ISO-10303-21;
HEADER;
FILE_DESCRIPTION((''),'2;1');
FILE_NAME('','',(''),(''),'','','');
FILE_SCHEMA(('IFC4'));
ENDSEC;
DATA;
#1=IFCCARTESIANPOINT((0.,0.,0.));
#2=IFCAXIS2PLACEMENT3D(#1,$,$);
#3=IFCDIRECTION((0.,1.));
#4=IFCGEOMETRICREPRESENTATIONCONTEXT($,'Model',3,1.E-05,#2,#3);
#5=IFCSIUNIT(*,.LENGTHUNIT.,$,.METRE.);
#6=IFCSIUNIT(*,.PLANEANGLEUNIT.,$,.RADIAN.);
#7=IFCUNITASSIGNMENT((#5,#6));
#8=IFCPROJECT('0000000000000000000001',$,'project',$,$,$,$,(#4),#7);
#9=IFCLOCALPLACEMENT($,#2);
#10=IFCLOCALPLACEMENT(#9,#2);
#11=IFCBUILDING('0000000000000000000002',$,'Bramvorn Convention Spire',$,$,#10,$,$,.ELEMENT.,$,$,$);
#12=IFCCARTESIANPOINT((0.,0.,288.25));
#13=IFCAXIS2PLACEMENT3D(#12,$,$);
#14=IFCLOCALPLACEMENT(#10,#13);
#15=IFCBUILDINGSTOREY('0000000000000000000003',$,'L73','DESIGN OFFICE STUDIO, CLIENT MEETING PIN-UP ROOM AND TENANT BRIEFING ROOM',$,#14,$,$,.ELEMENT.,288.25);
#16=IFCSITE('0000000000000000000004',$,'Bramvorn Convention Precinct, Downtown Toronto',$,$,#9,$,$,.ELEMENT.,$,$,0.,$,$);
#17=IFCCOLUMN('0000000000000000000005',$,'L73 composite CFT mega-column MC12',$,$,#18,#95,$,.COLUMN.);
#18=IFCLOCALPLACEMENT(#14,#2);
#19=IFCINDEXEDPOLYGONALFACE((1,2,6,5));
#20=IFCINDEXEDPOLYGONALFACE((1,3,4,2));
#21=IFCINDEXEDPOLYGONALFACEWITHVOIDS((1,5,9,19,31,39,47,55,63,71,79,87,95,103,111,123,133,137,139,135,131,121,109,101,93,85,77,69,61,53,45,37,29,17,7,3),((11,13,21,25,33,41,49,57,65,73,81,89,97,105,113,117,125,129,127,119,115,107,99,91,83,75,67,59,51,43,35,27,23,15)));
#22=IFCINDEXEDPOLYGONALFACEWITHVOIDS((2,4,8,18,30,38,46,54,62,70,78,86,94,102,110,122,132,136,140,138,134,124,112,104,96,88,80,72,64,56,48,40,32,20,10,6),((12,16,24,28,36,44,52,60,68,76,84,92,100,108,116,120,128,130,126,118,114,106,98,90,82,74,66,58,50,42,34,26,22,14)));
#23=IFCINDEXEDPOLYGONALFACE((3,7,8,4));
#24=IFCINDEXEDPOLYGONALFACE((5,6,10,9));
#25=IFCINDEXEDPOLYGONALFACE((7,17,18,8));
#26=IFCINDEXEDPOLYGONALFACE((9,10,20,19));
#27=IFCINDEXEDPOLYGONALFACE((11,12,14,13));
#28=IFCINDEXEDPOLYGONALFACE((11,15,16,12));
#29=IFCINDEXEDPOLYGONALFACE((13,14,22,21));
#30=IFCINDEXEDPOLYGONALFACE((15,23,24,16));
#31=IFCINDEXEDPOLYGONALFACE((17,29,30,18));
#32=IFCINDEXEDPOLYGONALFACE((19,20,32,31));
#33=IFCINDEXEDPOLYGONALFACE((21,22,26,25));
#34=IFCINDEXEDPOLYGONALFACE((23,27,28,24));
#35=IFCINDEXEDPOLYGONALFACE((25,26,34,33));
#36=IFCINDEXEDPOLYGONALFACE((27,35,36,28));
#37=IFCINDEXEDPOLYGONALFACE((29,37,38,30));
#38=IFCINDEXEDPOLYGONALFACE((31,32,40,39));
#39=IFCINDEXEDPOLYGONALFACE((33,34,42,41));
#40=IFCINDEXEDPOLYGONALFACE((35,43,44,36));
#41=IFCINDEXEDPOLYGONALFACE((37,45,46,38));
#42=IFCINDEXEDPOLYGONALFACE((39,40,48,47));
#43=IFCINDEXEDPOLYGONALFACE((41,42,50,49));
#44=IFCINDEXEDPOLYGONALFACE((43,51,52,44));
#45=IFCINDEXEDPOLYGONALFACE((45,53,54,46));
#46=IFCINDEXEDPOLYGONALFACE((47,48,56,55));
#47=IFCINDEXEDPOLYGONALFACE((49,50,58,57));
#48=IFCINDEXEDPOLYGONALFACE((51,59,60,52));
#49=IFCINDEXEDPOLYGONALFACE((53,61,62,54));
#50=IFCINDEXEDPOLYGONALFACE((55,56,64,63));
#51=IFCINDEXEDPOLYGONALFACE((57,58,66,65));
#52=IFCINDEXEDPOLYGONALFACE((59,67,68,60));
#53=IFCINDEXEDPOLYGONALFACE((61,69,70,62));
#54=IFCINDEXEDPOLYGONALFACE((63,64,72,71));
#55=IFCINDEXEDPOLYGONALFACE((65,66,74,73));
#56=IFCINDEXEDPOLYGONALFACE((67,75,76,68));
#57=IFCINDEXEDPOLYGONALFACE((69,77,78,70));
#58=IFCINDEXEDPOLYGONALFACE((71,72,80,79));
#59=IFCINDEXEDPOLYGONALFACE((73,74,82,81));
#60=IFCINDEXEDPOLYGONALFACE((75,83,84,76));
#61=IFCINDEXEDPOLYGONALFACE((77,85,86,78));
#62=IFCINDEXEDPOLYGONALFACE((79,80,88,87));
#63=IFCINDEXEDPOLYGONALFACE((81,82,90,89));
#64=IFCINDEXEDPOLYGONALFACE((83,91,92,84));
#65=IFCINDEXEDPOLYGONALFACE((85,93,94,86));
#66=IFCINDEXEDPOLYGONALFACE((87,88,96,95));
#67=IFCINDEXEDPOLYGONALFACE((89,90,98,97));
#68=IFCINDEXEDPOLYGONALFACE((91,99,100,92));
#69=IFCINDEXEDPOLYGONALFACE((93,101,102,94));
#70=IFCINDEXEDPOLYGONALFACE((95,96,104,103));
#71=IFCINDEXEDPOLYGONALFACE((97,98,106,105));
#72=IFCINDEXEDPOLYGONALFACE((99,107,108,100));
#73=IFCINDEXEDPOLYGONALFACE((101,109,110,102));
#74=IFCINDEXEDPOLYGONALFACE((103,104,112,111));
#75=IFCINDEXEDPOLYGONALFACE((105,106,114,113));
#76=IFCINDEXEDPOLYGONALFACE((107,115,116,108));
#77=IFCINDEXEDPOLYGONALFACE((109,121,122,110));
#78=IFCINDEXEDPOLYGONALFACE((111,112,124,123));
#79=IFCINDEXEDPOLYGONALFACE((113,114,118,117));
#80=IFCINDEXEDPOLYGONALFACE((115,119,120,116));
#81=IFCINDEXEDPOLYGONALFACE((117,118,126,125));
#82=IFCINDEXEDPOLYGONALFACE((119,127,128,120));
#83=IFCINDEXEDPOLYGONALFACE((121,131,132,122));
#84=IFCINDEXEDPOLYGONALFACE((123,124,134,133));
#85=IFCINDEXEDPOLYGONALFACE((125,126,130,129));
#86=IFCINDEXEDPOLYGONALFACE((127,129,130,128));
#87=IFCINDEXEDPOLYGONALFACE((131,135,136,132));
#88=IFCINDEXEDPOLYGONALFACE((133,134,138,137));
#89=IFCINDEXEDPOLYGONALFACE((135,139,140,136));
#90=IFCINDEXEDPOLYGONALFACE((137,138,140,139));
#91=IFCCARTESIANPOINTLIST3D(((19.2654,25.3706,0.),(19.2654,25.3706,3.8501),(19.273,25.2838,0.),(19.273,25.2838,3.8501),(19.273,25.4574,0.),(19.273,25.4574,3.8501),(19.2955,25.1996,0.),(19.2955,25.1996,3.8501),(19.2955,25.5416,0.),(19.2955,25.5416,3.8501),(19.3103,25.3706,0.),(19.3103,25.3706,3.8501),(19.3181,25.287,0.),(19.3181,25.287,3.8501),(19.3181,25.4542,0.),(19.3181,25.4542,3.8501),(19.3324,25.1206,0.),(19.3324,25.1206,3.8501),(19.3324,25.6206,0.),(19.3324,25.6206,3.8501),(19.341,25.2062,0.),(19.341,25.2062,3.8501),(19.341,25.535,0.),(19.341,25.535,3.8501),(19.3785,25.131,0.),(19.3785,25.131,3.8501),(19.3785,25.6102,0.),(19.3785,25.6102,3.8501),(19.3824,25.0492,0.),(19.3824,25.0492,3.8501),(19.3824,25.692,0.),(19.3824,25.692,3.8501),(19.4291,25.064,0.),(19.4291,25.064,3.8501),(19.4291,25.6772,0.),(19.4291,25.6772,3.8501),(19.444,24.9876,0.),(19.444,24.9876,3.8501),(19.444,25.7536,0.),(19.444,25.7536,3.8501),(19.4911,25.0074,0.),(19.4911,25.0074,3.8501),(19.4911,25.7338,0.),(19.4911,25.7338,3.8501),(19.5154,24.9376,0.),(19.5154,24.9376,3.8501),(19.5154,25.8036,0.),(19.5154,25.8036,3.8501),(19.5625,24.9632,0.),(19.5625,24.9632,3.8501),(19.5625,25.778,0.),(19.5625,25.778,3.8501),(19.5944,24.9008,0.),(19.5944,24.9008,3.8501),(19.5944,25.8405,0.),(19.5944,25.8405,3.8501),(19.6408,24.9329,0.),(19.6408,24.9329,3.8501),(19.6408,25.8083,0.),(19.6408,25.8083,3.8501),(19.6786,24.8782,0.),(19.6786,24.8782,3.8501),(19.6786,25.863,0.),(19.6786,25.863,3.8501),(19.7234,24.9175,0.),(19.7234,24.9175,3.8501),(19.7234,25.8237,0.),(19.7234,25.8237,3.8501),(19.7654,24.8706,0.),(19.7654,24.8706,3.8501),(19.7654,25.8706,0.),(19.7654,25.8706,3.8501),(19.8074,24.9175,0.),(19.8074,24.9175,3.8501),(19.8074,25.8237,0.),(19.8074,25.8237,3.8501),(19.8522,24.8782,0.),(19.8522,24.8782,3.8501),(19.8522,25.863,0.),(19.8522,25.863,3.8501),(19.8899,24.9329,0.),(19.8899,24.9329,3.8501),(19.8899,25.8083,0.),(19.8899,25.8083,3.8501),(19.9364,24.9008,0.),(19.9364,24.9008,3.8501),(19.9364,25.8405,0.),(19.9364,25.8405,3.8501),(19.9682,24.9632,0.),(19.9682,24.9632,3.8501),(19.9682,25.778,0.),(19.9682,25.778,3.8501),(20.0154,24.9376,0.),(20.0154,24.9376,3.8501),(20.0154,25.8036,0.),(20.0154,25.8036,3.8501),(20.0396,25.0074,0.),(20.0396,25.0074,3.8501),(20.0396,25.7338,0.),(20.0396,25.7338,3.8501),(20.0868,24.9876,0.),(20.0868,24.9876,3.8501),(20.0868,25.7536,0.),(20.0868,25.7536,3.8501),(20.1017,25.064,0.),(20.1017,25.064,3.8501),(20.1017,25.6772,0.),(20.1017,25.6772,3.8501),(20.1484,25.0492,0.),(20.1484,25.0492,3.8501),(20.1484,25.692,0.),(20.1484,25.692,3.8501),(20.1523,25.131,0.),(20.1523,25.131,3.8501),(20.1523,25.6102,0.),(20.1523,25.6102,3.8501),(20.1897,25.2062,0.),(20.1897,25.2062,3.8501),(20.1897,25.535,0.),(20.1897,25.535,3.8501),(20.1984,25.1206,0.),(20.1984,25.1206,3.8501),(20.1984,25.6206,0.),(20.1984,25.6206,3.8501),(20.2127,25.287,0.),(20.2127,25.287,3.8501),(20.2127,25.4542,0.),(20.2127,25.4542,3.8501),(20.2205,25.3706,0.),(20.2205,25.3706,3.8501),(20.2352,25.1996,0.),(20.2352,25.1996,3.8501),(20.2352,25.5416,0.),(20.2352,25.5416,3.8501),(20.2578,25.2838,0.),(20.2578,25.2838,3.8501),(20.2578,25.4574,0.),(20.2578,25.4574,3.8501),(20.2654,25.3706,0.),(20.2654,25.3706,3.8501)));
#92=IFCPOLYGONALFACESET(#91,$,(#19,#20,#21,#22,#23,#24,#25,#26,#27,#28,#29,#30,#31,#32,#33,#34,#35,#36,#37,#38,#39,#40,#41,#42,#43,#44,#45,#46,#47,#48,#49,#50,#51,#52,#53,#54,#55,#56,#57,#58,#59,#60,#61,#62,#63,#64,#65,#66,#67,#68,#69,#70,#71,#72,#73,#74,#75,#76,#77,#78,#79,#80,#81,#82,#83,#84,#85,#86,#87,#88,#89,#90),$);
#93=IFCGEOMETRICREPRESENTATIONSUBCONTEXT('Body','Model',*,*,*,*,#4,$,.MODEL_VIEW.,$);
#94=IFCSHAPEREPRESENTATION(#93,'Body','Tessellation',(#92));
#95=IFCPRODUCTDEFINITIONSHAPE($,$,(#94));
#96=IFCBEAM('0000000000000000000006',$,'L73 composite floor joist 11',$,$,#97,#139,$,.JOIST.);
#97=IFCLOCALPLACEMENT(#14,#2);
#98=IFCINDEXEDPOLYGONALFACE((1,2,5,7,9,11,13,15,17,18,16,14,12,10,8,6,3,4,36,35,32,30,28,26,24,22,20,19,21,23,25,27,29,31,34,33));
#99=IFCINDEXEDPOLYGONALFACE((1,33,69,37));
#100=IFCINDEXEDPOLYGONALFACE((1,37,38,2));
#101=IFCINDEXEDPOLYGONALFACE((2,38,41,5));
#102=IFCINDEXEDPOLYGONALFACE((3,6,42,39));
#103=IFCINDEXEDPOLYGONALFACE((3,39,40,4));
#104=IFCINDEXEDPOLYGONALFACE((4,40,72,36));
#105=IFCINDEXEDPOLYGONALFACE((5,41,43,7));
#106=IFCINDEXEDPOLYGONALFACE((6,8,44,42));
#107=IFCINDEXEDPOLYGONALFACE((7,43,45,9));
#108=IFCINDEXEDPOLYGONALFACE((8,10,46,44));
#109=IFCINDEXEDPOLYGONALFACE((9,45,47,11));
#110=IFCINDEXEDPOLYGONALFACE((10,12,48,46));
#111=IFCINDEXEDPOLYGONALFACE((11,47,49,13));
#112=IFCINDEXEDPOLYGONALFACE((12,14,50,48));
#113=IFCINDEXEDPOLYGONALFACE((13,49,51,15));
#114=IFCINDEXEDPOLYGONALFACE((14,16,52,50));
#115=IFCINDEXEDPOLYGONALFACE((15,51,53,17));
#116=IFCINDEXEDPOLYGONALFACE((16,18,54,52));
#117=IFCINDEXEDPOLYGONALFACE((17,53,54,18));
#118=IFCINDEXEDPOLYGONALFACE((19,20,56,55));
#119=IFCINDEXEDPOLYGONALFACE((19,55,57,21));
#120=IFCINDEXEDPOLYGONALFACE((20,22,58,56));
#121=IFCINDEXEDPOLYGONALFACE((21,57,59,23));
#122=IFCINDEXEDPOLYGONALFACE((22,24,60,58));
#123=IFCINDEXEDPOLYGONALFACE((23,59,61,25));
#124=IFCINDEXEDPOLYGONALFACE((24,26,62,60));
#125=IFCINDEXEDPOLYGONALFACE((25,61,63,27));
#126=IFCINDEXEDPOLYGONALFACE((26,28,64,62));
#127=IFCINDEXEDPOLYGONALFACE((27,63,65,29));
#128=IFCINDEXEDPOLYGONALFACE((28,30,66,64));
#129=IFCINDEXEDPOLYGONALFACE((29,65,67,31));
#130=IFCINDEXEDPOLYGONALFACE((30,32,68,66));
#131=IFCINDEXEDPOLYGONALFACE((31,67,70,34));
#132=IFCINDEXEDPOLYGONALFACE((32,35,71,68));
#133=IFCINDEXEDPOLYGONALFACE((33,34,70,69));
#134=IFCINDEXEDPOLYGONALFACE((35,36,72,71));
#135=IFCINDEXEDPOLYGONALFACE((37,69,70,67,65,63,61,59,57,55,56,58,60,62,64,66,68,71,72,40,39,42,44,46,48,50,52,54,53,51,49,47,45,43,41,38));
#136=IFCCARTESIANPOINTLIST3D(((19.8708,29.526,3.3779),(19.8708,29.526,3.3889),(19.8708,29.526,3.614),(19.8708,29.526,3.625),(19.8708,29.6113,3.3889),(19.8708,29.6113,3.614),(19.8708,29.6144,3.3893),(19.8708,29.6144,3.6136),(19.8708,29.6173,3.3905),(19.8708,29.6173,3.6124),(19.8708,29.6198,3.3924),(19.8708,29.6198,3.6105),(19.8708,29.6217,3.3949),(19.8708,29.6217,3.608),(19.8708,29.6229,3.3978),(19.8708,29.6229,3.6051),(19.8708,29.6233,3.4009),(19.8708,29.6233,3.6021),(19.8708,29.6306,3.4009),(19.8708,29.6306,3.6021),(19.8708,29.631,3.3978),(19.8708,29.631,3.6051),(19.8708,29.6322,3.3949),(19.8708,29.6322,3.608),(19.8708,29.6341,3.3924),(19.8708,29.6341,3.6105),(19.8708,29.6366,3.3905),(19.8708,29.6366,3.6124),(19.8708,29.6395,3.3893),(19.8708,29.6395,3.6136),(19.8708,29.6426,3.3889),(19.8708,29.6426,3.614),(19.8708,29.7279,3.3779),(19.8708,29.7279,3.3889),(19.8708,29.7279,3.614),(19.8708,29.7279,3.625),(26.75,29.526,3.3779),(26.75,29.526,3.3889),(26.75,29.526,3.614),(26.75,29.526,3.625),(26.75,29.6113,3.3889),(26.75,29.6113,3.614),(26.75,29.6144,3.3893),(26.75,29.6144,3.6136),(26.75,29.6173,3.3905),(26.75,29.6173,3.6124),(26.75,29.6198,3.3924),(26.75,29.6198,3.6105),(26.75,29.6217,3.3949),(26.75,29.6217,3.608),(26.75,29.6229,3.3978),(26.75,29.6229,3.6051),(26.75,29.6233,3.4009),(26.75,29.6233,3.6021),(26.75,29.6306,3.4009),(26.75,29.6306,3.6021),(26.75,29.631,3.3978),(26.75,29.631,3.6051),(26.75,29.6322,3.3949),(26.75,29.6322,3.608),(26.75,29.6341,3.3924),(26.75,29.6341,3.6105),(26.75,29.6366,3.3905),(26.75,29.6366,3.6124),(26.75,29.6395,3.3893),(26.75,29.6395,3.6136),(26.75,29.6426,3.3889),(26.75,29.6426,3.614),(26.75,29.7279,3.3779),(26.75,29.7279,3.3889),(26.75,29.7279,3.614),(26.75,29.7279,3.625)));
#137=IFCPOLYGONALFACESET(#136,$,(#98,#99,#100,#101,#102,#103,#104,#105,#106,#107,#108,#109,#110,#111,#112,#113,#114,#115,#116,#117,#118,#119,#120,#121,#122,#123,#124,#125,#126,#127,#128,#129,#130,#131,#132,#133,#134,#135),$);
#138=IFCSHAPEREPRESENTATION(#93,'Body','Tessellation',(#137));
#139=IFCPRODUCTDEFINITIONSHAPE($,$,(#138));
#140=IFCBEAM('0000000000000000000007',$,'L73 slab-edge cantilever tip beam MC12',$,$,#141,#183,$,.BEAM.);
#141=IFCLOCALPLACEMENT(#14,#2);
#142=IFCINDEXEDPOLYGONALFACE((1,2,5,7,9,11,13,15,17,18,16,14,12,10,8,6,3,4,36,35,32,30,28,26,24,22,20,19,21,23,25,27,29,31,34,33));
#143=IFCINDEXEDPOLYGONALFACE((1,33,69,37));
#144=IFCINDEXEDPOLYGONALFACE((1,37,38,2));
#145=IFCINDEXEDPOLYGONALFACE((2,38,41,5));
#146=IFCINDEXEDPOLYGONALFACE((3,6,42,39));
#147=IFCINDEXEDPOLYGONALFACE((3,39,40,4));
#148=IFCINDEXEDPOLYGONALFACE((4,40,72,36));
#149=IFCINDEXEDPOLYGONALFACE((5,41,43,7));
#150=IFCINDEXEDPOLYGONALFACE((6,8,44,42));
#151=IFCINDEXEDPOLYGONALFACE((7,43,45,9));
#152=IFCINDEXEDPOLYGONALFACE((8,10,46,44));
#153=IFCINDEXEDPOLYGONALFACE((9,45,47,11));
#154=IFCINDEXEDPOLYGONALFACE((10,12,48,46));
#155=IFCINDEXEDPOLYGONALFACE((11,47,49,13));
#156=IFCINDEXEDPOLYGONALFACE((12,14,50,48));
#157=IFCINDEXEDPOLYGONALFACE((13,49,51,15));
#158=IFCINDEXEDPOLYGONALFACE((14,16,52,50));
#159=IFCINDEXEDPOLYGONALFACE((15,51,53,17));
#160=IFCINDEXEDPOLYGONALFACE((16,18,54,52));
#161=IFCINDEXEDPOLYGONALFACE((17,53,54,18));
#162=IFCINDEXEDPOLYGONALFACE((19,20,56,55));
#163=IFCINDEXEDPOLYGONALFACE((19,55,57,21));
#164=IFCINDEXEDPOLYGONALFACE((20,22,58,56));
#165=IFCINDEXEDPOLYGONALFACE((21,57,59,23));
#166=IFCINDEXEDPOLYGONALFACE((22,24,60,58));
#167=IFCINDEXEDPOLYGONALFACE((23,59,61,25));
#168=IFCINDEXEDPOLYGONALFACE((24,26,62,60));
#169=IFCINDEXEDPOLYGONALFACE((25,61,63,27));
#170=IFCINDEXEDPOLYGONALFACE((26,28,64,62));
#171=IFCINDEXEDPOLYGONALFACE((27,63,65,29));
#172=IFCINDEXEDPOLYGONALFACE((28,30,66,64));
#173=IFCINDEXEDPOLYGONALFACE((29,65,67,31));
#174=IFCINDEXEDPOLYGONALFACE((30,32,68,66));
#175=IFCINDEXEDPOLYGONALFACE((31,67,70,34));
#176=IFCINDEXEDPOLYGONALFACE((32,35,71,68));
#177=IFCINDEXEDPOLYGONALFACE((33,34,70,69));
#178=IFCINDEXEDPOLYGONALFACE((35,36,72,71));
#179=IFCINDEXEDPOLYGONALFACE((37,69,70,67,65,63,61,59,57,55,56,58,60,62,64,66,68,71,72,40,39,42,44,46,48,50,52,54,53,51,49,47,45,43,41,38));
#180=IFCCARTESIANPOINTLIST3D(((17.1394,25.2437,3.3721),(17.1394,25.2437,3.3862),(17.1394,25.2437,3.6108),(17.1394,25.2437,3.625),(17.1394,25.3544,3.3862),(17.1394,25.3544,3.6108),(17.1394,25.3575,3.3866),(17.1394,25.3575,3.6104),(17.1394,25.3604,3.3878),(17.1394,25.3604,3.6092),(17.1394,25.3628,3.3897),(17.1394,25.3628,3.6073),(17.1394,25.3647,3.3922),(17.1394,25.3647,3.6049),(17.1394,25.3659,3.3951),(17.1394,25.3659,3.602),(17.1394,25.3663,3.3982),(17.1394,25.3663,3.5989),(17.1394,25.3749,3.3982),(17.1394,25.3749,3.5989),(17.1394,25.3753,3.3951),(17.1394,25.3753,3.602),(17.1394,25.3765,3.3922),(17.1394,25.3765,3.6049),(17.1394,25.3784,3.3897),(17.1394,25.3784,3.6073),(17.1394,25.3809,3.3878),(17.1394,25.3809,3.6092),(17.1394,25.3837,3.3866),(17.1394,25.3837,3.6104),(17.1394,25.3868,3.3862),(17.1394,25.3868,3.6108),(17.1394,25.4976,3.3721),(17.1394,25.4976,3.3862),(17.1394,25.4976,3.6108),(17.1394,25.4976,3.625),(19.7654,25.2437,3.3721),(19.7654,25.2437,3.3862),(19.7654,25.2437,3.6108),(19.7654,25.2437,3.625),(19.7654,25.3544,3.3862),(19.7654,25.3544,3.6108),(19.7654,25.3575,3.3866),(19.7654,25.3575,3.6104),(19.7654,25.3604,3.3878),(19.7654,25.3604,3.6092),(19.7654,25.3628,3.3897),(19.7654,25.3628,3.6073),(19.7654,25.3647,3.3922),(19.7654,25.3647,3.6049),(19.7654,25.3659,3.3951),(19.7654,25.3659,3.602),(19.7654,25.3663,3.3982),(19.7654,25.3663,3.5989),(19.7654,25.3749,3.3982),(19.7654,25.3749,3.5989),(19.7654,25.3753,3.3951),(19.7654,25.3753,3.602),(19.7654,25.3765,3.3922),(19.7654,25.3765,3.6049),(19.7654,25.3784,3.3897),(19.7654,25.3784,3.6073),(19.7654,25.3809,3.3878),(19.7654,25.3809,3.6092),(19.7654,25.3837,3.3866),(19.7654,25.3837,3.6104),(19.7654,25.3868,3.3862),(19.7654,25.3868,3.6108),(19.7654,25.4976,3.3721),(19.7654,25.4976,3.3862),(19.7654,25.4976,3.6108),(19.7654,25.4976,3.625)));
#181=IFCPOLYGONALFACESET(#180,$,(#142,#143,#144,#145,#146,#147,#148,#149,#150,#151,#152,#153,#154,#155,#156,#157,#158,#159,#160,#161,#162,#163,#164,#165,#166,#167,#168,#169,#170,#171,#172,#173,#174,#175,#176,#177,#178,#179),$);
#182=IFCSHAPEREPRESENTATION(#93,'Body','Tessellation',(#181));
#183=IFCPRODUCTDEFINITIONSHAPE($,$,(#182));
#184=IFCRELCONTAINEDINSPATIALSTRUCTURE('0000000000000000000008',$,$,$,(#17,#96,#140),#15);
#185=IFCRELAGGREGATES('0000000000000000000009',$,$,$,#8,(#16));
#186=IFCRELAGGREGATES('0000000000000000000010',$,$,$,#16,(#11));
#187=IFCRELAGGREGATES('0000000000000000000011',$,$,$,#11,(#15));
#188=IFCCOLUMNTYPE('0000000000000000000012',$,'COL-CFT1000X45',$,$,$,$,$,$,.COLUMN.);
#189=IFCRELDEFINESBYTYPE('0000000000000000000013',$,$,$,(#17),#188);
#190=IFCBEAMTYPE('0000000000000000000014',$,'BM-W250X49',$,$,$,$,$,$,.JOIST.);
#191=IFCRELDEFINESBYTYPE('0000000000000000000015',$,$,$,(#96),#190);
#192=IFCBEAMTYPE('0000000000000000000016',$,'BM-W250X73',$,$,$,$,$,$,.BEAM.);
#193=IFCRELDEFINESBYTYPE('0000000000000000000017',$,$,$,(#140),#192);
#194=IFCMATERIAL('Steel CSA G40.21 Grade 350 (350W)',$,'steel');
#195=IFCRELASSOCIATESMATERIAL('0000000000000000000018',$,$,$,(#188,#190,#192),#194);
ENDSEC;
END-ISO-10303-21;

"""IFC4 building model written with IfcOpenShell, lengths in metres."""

from ifc_helpers import new_model, si_unit, direction, frame, origin, origin_2d, place, context, subcontext, project, spatial, hollow_circle, i_section, extrude, material, material_profile, profile_set, type_object, element, save


model = new_model("IFC4")

# Units and contexts
model_context = context("Model", 3, precision=1e-05, world=origin(), true_north=direction((0.0, 1.0)))
body_context = subcontext(model_context, "Body", "Model", "MODEL_VIEW")
ifc_project = project(units=[si_unit("LENGTHUNIT", "METRE"), si_unit("PLANEANGLEUNIT", "RADIAN")], contexts=[model_context])

# Site, building, storey
site_placement = place(None, origin())
site = spatial("IfcSite", under=ifc_project, at=site_placement, Name="Bramvorn Convention Precinct, Downtown Toronto", CompositionType="ELEMENT", RefElevation=0.0)
building_placement = place(site_placement, origin())
building = spatial("IfcBuilding", under=site, at=building_placement, Name="Bramvorn Convention Spire", CompositionType="ELEMENT")
storey_placement = place(building_placement, frame((0.0, 0.0, 288.25)))
storey = spatial("IfcBuildingStorey", under=building, at=storey_placement, Name="L73", Description="DESIGN OFFICE STUDIO, CLIENT MEETING PIN-UP ROOM AND TENANT BRIEFING ROOM", CompositionType="ELEMENT", Elevation=288.25)

# Column
ifc_material_1 = material(Name="Steel CSA G40.21 Grade 350 (350W)", Category="steel")
ifc_material_profile_1 = material_profile(ifc_material_1, hollow_circle(Radius=0.5, WallThickness=0.0449, at=origin_2d()))
ifc_profile_set_1 = profile_set([ifc_material_profile_1], Name="Steel CSA G40.21 Grade 350 (350W) - CFT1000X45")
column_type = type_object("IfcColumnType", Name="COL-CFT1000X45", PredefinedType="COLUMN", material=ifc_profile_set_1)
column_placement = place(storey_placement, frame((19.7654, 25.3706, 0.0), z_axis=(0.0, 0.0, 1.0), x_axis=(1.0, 0.0, 0.0)))
element("IfcColumn", 1, at=column_placement, inside=storey, type_object=column_type, Name="L73 composite CFT mega-column MC12", PredefinedType="COLUMN", context=body_context, shape_type="SweptSolid", body=[
    extrude(hollow_circle(Radius=0.5, WallThickness=0.0449, at=origin_2d()), origin(), (0.0, 0.0, 1.0), 3.8501),
])

# Beams
ifc_material_profile_2 = material_profile(ifc_material_1, i_section(OverallWidth=0.2019, OverallDepth=0.2471, WebThickness=0.0073, FlangeThickness=0.011, FilletRadius=0.012, at=origin_2d()))
ifc_profile_set_2 = profile_set([ifc_material_profile_2], Name="Steel CSA G40.21 Grade 350 (350W) - W250X49")
beam_type_1 = type_object("IfcBeamType", Name="BM-W250X49", PredefinedType="JOIST", material=ifc_profile_set_2)
beam_1_placement = place(storey_placement, frame((26.75, 29.627, 3.5015), z_axis=(-1.0, 0.0, 0.0), x_axis=(0.0, -1.0, 0.0)))
element("IfcBeam", 2, at=beam_1_placement, inside=storey, type_object=beam_type_1, Name="L73 composite floor joist 11", PredefinedType="JOIST", context=body_context, shape_type="SweptSolid", body=[
    extrude(i_section(OverallWidth=0.2019, OverallDepth=0.2471, WebThickness=0.0073, FlangeThickness=0.011, FilletRadius=0.012, at=origin_2d()), origin(), (0.0, 0.0, 1.0), 6.8792),
])
ifc_material_profile_3 = material_profile(ifc_material_1, i_section(OverallWidth=0.2539, OverallDepth=0.2529, WebThickness=0.0085, FlangeThickness=0.0142, FilletRadius=0.012, at=origin_2d()))
ifc_profile_set_3 = profile_set([ifc_material_profile_3], Name="Steel CSA G40.21 Grade 350 (350W) - W250X73")
beam_type_2 = type_object("IfcBeamType", Name="BM-W250X73", PredefinedType="BEAM", material=ifc_profile_set_3)
beam_2_placement = place(storey_placement, frame((19.7654, 25.3706, 3.4985), z_axis=(-1.0, 0.0, 0.0), x_axis=(0.0, -1.0, 0.0)))
element("IfcBeam", 3, at=beam_2_placement, inside=storey, type_object=beam_type_2, Name="L73 slab-edge cantilever tip beam MC12", PredefinedType="BEAM", context=body_context, shape_type="SweptSolid", body=[
    extrude(i_section(OverallWidth=0.2539, OverallDepth=0.2529, WebThickness=0.0085, FlangeThickness=0.0142, FilletRadius=0.012, at=origin_2d()), origin(), (0.0, 0.0, 1.0), 2.626),
])

save(model, "model.ifc")
